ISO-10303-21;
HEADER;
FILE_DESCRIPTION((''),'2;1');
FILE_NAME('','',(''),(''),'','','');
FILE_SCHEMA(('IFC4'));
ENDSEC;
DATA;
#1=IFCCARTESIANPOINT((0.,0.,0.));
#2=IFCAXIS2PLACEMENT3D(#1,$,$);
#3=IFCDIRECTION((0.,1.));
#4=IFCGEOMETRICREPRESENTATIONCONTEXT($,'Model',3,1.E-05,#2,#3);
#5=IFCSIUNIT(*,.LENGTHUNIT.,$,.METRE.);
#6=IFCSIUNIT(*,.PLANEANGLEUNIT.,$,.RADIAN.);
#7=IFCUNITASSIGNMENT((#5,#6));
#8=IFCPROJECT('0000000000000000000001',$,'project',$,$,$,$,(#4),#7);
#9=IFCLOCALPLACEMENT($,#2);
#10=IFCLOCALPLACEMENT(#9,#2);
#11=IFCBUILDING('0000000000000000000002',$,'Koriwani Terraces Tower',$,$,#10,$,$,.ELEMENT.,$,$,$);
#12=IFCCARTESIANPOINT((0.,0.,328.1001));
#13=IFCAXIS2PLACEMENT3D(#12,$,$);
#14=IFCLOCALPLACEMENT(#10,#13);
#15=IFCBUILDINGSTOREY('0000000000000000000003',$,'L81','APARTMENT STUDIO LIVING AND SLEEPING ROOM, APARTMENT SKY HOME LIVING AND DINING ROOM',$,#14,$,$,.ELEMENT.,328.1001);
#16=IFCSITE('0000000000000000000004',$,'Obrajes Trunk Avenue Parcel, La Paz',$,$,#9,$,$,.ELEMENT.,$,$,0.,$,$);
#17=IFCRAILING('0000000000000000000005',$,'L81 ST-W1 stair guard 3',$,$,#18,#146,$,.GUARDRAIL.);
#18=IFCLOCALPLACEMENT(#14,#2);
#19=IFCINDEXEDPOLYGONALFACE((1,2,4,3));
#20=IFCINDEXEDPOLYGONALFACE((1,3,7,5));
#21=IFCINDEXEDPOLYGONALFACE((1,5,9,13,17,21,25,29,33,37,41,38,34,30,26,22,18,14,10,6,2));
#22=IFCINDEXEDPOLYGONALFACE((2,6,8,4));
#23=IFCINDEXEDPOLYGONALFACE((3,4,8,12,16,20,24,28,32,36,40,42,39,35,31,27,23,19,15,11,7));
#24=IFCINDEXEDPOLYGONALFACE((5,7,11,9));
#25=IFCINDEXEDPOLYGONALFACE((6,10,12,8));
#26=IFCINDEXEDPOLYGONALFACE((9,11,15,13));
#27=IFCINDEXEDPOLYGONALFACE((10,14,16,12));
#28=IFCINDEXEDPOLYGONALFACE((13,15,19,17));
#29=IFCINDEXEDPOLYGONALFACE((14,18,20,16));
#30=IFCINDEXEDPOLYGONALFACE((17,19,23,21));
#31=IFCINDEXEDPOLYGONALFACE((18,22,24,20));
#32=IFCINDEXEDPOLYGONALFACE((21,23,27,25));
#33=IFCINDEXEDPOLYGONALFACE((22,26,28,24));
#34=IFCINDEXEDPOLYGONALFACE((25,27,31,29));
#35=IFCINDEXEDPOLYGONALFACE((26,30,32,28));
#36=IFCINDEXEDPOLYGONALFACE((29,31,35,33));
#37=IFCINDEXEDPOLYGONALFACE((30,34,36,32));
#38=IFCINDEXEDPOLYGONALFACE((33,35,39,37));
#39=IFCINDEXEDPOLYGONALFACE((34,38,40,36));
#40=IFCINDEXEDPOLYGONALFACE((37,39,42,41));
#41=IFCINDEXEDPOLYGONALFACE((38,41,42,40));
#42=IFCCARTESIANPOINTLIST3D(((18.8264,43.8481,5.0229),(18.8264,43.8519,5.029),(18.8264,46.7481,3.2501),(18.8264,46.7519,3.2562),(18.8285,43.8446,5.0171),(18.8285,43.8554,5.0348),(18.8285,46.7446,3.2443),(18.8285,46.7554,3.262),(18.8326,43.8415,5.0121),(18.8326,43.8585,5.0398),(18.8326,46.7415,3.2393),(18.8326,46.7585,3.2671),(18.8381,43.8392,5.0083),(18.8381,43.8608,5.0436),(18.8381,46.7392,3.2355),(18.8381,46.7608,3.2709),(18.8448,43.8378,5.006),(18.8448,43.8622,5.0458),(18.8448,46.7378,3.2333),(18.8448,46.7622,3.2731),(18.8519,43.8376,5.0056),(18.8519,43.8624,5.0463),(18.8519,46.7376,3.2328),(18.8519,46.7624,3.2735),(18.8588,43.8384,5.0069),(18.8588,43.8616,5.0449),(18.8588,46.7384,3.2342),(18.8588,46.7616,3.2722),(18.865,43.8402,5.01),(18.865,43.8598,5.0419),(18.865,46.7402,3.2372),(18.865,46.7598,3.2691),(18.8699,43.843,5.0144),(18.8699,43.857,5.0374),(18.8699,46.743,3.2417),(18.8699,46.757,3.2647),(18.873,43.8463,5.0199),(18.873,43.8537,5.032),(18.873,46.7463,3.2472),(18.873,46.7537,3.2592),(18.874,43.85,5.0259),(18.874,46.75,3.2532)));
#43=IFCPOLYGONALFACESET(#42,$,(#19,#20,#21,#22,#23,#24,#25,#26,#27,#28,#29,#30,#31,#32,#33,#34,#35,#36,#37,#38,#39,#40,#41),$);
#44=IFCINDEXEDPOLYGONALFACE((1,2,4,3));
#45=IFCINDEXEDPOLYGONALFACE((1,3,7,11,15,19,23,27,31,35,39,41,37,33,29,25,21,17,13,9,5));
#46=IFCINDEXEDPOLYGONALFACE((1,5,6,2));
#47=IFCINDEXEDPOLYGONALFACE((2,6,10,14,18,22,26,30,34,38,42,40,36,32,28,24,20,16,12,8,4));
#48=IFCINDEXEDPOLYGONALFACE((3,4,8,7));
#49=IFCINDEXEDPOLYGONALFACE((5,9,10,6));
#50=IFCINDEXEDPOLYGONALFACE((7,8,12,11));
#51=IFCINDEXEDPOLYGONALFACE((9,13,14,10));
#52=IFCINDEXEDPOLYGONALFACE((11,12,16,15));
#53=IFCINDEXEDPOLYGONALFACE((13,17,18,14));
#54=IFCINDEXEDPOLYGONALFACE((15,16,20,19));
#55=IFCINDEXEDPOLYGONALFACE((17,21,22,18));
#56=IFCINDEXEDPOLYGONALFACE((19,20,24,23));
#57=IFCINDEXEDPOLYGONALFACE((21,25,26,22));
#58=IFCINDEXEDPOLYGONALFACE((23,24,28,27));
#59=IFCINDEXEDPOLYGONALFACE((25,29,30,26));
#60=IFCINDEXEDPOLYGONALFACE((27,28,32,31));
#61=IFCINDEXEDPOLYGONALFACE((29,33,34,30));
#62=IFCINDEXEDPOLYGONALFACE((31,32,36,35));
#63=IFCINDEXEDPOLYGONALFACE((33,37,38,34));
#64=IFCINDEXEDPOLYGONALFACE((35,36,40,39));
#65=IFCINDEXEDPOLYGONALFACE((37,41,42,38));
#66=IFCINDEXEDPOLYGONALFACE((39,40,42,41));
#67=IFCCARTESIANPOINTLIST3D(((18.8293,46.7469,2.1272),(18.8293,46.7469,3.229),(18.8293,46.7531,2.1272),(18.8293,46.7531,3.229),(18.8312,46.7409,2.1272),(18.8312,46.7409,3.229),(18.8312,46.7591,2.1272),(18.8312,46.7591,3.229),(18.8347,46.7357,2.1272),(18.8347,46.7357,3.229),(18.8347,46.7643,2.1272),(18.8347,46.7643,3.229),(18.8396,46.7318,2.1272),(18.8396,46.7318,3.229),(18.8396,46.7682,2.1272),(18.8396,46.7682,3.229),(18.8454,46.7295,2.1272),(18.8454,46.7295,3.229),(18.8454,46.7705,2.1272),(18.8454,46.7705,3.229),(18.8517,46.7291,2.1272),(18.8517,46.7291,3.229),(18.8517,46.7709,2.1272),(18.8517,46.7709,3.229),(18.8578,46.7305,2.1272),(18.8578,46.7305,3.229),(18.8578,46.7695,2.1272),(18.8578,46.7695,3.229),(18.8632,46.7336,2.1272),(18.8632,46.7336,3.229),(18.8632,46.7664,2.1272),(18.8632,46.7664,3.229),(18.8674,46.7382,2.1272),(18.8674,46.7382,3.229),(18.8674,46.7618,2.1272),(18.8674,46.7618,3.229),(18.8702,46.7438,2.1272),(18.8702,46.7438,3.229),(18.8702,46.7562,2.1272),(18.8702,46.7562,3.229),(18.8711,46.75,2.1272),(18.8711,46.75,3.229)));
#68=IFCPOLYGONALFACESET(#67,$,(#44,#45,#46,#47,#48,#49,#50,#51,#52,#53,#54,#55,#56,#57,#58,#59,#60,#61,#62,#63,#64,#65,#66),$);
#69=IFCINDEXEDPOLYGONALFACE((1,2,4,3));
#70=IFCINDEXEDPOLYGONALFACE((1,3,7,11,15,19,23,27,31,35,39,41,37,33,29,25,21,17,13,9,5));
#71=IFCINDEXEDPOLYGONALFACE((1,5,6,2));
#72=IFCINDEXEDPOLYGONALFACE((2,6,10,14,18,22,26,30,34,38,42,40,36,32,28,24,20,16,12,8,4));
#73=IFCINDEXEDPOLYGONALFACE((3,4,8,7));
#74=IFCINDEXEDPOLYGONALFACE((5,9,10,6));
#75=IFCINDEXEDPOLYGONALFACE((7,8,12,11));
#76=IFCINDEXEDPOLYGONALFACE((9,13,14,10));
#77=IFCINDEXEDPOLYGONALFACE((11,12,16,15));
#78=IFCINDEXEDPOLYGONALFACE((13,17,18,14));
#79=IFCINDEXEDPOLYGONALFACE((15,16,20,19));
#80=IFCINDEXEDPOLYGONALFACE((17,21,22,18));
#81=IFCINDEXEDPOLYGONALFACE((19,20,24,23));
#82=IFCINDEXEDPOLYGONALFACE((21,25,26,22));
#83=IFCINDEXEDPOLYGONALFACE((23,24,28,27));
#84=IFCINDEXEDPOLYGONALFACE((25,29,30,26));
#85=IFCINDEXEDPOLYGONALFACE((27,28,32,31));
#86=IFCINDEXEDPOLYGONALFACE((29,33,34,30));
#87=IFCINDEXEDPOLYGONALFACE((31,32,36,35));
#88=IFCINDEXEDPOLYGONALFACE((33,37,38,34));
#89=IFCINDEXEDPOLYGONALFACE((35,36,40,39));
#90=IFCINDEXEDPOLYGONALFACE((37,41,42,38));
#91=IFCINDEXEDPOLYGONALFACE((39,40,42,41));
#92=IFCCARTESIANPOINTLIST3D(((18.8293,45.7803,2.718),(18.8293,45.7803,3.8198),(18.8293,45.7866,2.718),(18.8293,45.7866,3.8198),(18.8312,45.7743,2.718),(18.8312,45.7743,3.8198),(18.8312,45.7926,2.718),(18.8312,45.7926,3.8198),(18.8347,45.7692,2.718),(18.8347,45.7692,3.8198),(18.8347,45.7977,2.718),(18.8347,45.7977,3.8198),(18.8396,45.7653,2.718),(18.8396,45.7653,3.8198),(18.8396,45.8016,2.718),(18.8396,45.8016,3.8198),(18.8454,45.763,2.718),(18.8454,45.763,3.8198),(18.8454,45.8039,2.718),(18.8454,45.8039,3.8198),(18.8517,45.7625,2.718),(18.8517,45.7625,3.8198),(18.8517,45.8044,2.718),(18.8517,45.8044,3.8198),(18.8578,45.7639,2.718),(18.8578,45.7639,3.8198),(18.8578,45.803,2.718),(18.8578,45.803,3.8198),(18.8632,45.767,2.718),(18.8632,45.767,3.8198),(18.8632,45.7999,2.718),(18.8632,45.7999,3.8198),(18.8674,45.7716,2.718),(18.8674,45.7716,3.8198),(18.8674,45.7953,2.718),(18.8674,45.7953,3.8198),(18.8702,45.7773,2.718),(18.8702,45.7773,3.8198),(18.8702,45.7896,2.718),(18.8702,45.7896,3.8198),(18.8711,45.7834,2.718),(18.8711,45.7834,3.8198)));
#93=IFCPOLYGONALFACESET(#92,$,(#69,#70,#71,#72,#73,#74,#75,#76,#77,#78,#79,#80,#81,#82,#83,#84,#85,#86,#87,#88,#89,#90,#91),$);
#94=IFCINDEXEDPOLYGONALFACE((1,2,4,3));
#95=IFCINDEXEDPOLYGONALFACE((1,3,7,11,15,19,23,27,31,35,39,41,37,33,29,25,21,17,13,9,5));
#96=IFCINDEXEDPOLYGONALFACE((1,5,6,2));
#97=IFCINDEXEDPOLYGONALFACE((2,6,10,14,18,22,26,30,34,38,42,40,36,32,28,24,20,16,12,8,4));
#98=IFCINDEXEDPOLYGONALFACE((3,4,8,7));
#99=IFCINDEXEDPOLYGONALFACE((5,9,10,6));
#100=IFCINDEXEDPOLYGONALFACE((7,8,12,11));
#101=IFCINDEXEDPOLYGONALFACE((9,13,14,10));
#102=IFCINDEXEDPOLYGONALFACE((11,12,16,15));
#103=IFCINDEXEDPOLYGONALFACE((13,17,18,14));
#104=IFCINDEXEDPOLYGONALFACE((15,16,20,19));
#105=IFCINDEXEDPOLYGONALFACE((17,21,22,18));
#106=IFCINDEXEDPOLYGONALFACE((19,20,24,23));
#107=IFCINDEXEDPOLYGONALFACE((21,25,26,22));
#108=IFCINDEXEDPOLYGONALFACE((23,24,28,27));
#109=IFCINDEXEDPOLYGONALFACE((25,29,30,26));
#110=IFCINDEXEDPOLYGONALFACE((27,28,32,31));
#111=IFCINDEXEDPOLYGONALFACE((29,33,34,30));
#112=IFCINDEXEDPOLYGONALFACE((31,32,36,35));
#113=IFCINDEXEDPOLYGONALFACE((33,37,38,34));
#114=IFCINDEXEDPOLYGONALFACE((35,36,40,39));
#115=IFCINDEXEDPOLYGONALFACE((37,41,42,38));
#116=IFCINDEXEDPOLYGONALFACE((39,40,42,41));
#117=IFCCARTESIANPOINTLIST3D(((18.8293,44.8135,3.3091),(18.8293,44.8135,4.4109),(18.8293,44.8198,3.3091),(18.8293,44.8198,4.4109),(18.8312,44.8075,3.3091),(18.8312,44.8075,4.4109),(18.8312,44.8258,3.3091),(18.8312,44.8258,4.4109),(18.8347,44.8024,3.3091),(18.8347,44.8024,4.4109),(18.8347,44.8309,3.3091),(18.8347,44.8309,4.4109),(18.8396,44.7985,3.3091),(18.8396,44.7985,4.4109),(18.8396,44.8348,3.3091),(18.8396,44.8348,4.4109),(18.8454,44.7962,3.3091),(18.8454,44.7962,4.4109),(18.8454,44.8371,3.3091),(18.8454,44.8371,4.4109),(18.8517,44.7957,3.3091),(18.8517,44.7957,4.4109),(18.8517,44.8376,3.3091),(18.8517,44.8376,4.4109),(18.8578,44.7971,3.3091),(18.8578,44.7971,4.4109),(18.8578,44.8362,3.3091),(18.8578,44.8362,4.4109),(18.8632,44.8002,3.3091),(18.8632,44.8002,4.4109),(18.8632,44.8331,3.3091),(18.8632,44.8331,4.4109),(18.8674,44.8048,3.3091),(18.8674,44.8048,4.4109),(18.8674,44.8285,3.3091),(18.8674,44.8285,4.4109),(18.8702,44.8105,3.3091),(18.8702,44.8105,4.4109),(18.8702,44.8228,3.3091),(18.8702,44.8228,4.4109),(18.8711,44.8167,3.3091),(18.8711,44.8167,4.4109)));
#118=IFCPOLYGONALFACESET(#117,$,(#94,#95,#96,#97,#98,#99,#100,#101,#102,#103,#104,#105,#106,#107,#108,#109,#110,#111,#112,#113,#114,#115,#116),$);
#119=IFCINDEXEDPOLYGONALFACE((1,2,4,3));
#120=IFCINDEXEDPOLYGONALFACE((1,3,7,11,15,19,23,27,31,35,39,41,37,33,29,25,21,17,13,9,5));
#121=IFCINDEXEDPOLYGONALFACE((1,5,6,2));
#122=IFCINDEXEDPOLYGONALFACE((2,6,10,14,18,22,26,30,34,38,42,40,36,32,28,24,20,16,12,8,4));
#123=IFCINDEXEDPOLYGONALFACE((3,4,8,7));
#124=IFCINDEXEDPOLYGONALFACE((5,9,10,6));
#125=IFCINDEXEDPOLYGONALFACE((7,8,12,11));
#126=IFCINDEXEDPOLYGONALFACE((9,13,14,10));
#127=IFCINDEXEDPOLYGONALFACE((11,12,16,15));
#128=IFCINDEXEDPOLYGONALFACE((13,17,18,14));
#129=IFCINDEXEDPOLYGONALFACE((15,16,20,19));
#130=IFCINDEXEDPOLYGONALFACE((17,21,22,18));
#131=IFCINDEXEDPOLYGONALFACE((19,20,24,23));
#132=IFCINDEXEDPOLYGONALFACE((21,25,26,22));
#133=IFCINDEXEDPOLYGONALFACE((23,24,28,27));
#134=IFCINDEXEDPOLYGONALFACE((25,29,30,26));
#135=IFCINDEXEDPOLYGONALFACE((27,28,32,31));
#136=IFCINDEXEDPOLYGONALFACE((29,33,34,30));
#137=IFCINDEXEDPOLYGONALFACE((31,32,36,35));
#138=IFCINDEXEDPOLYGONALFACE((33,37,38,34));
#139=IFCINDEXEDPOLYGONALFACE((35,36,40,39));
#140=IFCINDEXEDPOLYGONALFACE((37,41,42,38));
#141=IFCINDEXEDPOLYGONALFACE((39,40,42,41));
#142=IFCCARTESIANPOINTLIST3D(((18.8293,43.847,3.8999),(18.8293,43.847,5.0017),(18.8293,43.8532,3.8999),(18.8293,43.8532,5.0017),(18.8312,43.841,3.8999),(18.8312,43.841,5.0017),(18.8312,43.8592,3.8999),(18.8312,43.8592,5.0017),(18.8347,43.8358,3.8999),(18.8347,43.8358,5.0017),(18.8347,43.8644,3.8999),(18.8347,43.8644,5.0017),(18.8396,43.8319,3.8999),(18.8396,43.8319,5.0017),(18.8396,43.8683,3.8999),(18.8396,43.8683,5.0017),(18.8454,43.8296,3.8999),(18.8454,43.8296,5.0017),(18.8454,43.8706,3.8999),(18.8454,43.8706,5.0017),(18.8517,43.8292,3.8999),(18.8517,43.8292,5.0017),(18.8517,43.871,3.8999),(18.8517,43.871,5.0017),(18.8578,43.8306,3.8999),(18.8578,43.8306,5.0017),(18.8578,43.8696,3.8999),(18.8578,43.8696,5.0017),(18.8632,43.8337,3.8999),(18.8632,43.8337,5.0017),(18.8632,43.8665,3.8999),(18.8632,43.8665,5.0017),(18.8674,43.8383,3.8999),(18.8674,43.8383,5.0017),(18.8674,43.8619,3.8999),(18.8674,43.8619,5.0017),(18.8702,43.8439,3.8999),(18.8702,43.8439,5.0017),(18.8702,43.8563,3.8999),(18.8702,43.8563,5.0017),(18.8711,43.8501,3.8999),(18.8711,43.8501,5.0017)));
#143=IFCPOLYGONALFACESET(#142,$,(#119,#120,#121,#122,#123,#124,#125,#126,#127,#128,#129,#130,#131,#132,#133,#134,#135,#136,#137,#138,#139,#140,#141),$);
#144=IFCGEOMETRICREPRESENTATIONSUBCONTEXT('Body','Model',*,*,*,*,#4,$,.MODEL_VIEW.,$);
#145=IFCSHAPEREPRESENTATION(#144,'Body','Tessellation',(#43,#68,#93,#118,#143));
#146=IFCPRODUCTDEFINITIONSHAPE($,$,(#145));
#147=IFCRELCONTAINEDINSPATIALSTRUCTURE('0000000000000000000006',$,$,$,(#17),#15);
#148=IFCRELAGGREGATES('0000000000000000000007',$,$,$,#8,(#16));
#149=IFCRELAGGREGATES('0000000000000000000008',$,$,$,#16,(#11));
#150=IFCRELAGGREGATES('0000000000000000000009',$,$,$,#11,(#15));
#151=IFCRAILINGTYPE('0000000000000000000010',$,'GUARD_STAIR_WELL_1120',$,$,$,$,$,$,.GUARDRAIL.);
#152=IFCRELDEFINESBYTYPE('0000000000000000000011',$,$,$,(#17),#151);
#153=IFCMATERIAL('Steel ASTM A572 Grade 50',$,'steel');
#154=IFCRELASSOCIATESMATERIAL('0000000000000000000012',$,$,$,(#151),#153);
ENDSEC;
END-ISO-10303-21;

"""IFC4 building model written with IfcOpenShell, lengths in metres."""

from ifc_helpers import new_model, si_unit, direction, frame, origin, origin_2d, place, context, subcontext, project, spatial, circle, extrude, material, type_object, element, save


model = new_model("IFC4")

# Units and contexts
model_context = context("Model", 3, precision=1e-05, world=origin(), true_north=direction((0.0, 1.0)))
body_context = subcontext(model_context, "Body", "Model", "MODEL_VIEW")
ifc_project = project(units=[si_unit("LENGTHUNIT", "METRE"), si_unit("PLANEANGLEUNIT", "RADIAN")], contexts=[model_context])

# Site, building, storey
site_placement = place(None, origin())
site = spatial("IfcSite", under=ifc_project, at=site_placement, Name="Obrajes Trunk Avenue Parcel, La Paz", CompositionType="ELEMENT", RefElevation=0.0)
building_placement = place(site_placement, origin())
building = spatial("IfcBuilding", under=site, at=building_placement, Name="Koriwani Terraces Tower", CompositionType="ELEMENT")
storey_placement = place(building_placement, frame((0.0, 0.0, 328.1001)))
storey = spatial("IfcBuildingStorey", under=building, at=storey_placement, Name="L81", Description="APARTMENT STUDIO LIVING AND SLEEPING ROOM, APARTMENT SKY HOME LIVING AND DINING ROOM", CompositionType="ELEMENT", Elevation=328.1001)

# Shared definitions
ifc_material_1 = material(Name="Steel ASTM A572 Grade 50", Category="steel")

# Railing
railing_type_1 = type_object("IfcRailingType", Name="GUARD_STAIR_WELL_1120", PredefinedType="GUARDRAIL", material=ifc_material_1)
railing_1_placement = place(storey_placement, frame((18.8501, 46.75, 2.1272)))
element("IfcRailing", 1, at=railing_1_placement, inside=storey, type_object=railing_type_1, Name="L81 ST-W1 stair guard 3", PredefinedType="GUARDRAIL", context=body_context, shape_type="SweptSolid", body=[
    extrude(circle(Radius=0.0239, at=origin_2d()), frame((0.0, 0.0, 1.126), z_axis=(0.0, -0.853211, 0.521566), x_axis=(1.0, 0.0, 0.0)), (0.0, 0.0, 1.0), 3.3989),
    extrude(circle(Radius=0.021, at=origin_2d()), origin(), (0.0, 0.0, 1.0), 1.1018),
    extrude(circle(Radius=0.021, at=origin_2d()), frame((0.0, -0.9666, 0.5908)), (0.0, 0.0, 1.0), 1.1018),
    extrude(circle(Radius=0.021, at=origin_2d()), frame((0.0, -1.9333, 1.1819)), (0.0, 0.0, 1.0), 1.1018),
    extrude(circle(Radius=0.021, at=origin_2d()), frame((0.0, -2.8999, 1.7727)), (0.0, 0.0, 1.0), 1.1018),
])

save(model, "model.ifc")
